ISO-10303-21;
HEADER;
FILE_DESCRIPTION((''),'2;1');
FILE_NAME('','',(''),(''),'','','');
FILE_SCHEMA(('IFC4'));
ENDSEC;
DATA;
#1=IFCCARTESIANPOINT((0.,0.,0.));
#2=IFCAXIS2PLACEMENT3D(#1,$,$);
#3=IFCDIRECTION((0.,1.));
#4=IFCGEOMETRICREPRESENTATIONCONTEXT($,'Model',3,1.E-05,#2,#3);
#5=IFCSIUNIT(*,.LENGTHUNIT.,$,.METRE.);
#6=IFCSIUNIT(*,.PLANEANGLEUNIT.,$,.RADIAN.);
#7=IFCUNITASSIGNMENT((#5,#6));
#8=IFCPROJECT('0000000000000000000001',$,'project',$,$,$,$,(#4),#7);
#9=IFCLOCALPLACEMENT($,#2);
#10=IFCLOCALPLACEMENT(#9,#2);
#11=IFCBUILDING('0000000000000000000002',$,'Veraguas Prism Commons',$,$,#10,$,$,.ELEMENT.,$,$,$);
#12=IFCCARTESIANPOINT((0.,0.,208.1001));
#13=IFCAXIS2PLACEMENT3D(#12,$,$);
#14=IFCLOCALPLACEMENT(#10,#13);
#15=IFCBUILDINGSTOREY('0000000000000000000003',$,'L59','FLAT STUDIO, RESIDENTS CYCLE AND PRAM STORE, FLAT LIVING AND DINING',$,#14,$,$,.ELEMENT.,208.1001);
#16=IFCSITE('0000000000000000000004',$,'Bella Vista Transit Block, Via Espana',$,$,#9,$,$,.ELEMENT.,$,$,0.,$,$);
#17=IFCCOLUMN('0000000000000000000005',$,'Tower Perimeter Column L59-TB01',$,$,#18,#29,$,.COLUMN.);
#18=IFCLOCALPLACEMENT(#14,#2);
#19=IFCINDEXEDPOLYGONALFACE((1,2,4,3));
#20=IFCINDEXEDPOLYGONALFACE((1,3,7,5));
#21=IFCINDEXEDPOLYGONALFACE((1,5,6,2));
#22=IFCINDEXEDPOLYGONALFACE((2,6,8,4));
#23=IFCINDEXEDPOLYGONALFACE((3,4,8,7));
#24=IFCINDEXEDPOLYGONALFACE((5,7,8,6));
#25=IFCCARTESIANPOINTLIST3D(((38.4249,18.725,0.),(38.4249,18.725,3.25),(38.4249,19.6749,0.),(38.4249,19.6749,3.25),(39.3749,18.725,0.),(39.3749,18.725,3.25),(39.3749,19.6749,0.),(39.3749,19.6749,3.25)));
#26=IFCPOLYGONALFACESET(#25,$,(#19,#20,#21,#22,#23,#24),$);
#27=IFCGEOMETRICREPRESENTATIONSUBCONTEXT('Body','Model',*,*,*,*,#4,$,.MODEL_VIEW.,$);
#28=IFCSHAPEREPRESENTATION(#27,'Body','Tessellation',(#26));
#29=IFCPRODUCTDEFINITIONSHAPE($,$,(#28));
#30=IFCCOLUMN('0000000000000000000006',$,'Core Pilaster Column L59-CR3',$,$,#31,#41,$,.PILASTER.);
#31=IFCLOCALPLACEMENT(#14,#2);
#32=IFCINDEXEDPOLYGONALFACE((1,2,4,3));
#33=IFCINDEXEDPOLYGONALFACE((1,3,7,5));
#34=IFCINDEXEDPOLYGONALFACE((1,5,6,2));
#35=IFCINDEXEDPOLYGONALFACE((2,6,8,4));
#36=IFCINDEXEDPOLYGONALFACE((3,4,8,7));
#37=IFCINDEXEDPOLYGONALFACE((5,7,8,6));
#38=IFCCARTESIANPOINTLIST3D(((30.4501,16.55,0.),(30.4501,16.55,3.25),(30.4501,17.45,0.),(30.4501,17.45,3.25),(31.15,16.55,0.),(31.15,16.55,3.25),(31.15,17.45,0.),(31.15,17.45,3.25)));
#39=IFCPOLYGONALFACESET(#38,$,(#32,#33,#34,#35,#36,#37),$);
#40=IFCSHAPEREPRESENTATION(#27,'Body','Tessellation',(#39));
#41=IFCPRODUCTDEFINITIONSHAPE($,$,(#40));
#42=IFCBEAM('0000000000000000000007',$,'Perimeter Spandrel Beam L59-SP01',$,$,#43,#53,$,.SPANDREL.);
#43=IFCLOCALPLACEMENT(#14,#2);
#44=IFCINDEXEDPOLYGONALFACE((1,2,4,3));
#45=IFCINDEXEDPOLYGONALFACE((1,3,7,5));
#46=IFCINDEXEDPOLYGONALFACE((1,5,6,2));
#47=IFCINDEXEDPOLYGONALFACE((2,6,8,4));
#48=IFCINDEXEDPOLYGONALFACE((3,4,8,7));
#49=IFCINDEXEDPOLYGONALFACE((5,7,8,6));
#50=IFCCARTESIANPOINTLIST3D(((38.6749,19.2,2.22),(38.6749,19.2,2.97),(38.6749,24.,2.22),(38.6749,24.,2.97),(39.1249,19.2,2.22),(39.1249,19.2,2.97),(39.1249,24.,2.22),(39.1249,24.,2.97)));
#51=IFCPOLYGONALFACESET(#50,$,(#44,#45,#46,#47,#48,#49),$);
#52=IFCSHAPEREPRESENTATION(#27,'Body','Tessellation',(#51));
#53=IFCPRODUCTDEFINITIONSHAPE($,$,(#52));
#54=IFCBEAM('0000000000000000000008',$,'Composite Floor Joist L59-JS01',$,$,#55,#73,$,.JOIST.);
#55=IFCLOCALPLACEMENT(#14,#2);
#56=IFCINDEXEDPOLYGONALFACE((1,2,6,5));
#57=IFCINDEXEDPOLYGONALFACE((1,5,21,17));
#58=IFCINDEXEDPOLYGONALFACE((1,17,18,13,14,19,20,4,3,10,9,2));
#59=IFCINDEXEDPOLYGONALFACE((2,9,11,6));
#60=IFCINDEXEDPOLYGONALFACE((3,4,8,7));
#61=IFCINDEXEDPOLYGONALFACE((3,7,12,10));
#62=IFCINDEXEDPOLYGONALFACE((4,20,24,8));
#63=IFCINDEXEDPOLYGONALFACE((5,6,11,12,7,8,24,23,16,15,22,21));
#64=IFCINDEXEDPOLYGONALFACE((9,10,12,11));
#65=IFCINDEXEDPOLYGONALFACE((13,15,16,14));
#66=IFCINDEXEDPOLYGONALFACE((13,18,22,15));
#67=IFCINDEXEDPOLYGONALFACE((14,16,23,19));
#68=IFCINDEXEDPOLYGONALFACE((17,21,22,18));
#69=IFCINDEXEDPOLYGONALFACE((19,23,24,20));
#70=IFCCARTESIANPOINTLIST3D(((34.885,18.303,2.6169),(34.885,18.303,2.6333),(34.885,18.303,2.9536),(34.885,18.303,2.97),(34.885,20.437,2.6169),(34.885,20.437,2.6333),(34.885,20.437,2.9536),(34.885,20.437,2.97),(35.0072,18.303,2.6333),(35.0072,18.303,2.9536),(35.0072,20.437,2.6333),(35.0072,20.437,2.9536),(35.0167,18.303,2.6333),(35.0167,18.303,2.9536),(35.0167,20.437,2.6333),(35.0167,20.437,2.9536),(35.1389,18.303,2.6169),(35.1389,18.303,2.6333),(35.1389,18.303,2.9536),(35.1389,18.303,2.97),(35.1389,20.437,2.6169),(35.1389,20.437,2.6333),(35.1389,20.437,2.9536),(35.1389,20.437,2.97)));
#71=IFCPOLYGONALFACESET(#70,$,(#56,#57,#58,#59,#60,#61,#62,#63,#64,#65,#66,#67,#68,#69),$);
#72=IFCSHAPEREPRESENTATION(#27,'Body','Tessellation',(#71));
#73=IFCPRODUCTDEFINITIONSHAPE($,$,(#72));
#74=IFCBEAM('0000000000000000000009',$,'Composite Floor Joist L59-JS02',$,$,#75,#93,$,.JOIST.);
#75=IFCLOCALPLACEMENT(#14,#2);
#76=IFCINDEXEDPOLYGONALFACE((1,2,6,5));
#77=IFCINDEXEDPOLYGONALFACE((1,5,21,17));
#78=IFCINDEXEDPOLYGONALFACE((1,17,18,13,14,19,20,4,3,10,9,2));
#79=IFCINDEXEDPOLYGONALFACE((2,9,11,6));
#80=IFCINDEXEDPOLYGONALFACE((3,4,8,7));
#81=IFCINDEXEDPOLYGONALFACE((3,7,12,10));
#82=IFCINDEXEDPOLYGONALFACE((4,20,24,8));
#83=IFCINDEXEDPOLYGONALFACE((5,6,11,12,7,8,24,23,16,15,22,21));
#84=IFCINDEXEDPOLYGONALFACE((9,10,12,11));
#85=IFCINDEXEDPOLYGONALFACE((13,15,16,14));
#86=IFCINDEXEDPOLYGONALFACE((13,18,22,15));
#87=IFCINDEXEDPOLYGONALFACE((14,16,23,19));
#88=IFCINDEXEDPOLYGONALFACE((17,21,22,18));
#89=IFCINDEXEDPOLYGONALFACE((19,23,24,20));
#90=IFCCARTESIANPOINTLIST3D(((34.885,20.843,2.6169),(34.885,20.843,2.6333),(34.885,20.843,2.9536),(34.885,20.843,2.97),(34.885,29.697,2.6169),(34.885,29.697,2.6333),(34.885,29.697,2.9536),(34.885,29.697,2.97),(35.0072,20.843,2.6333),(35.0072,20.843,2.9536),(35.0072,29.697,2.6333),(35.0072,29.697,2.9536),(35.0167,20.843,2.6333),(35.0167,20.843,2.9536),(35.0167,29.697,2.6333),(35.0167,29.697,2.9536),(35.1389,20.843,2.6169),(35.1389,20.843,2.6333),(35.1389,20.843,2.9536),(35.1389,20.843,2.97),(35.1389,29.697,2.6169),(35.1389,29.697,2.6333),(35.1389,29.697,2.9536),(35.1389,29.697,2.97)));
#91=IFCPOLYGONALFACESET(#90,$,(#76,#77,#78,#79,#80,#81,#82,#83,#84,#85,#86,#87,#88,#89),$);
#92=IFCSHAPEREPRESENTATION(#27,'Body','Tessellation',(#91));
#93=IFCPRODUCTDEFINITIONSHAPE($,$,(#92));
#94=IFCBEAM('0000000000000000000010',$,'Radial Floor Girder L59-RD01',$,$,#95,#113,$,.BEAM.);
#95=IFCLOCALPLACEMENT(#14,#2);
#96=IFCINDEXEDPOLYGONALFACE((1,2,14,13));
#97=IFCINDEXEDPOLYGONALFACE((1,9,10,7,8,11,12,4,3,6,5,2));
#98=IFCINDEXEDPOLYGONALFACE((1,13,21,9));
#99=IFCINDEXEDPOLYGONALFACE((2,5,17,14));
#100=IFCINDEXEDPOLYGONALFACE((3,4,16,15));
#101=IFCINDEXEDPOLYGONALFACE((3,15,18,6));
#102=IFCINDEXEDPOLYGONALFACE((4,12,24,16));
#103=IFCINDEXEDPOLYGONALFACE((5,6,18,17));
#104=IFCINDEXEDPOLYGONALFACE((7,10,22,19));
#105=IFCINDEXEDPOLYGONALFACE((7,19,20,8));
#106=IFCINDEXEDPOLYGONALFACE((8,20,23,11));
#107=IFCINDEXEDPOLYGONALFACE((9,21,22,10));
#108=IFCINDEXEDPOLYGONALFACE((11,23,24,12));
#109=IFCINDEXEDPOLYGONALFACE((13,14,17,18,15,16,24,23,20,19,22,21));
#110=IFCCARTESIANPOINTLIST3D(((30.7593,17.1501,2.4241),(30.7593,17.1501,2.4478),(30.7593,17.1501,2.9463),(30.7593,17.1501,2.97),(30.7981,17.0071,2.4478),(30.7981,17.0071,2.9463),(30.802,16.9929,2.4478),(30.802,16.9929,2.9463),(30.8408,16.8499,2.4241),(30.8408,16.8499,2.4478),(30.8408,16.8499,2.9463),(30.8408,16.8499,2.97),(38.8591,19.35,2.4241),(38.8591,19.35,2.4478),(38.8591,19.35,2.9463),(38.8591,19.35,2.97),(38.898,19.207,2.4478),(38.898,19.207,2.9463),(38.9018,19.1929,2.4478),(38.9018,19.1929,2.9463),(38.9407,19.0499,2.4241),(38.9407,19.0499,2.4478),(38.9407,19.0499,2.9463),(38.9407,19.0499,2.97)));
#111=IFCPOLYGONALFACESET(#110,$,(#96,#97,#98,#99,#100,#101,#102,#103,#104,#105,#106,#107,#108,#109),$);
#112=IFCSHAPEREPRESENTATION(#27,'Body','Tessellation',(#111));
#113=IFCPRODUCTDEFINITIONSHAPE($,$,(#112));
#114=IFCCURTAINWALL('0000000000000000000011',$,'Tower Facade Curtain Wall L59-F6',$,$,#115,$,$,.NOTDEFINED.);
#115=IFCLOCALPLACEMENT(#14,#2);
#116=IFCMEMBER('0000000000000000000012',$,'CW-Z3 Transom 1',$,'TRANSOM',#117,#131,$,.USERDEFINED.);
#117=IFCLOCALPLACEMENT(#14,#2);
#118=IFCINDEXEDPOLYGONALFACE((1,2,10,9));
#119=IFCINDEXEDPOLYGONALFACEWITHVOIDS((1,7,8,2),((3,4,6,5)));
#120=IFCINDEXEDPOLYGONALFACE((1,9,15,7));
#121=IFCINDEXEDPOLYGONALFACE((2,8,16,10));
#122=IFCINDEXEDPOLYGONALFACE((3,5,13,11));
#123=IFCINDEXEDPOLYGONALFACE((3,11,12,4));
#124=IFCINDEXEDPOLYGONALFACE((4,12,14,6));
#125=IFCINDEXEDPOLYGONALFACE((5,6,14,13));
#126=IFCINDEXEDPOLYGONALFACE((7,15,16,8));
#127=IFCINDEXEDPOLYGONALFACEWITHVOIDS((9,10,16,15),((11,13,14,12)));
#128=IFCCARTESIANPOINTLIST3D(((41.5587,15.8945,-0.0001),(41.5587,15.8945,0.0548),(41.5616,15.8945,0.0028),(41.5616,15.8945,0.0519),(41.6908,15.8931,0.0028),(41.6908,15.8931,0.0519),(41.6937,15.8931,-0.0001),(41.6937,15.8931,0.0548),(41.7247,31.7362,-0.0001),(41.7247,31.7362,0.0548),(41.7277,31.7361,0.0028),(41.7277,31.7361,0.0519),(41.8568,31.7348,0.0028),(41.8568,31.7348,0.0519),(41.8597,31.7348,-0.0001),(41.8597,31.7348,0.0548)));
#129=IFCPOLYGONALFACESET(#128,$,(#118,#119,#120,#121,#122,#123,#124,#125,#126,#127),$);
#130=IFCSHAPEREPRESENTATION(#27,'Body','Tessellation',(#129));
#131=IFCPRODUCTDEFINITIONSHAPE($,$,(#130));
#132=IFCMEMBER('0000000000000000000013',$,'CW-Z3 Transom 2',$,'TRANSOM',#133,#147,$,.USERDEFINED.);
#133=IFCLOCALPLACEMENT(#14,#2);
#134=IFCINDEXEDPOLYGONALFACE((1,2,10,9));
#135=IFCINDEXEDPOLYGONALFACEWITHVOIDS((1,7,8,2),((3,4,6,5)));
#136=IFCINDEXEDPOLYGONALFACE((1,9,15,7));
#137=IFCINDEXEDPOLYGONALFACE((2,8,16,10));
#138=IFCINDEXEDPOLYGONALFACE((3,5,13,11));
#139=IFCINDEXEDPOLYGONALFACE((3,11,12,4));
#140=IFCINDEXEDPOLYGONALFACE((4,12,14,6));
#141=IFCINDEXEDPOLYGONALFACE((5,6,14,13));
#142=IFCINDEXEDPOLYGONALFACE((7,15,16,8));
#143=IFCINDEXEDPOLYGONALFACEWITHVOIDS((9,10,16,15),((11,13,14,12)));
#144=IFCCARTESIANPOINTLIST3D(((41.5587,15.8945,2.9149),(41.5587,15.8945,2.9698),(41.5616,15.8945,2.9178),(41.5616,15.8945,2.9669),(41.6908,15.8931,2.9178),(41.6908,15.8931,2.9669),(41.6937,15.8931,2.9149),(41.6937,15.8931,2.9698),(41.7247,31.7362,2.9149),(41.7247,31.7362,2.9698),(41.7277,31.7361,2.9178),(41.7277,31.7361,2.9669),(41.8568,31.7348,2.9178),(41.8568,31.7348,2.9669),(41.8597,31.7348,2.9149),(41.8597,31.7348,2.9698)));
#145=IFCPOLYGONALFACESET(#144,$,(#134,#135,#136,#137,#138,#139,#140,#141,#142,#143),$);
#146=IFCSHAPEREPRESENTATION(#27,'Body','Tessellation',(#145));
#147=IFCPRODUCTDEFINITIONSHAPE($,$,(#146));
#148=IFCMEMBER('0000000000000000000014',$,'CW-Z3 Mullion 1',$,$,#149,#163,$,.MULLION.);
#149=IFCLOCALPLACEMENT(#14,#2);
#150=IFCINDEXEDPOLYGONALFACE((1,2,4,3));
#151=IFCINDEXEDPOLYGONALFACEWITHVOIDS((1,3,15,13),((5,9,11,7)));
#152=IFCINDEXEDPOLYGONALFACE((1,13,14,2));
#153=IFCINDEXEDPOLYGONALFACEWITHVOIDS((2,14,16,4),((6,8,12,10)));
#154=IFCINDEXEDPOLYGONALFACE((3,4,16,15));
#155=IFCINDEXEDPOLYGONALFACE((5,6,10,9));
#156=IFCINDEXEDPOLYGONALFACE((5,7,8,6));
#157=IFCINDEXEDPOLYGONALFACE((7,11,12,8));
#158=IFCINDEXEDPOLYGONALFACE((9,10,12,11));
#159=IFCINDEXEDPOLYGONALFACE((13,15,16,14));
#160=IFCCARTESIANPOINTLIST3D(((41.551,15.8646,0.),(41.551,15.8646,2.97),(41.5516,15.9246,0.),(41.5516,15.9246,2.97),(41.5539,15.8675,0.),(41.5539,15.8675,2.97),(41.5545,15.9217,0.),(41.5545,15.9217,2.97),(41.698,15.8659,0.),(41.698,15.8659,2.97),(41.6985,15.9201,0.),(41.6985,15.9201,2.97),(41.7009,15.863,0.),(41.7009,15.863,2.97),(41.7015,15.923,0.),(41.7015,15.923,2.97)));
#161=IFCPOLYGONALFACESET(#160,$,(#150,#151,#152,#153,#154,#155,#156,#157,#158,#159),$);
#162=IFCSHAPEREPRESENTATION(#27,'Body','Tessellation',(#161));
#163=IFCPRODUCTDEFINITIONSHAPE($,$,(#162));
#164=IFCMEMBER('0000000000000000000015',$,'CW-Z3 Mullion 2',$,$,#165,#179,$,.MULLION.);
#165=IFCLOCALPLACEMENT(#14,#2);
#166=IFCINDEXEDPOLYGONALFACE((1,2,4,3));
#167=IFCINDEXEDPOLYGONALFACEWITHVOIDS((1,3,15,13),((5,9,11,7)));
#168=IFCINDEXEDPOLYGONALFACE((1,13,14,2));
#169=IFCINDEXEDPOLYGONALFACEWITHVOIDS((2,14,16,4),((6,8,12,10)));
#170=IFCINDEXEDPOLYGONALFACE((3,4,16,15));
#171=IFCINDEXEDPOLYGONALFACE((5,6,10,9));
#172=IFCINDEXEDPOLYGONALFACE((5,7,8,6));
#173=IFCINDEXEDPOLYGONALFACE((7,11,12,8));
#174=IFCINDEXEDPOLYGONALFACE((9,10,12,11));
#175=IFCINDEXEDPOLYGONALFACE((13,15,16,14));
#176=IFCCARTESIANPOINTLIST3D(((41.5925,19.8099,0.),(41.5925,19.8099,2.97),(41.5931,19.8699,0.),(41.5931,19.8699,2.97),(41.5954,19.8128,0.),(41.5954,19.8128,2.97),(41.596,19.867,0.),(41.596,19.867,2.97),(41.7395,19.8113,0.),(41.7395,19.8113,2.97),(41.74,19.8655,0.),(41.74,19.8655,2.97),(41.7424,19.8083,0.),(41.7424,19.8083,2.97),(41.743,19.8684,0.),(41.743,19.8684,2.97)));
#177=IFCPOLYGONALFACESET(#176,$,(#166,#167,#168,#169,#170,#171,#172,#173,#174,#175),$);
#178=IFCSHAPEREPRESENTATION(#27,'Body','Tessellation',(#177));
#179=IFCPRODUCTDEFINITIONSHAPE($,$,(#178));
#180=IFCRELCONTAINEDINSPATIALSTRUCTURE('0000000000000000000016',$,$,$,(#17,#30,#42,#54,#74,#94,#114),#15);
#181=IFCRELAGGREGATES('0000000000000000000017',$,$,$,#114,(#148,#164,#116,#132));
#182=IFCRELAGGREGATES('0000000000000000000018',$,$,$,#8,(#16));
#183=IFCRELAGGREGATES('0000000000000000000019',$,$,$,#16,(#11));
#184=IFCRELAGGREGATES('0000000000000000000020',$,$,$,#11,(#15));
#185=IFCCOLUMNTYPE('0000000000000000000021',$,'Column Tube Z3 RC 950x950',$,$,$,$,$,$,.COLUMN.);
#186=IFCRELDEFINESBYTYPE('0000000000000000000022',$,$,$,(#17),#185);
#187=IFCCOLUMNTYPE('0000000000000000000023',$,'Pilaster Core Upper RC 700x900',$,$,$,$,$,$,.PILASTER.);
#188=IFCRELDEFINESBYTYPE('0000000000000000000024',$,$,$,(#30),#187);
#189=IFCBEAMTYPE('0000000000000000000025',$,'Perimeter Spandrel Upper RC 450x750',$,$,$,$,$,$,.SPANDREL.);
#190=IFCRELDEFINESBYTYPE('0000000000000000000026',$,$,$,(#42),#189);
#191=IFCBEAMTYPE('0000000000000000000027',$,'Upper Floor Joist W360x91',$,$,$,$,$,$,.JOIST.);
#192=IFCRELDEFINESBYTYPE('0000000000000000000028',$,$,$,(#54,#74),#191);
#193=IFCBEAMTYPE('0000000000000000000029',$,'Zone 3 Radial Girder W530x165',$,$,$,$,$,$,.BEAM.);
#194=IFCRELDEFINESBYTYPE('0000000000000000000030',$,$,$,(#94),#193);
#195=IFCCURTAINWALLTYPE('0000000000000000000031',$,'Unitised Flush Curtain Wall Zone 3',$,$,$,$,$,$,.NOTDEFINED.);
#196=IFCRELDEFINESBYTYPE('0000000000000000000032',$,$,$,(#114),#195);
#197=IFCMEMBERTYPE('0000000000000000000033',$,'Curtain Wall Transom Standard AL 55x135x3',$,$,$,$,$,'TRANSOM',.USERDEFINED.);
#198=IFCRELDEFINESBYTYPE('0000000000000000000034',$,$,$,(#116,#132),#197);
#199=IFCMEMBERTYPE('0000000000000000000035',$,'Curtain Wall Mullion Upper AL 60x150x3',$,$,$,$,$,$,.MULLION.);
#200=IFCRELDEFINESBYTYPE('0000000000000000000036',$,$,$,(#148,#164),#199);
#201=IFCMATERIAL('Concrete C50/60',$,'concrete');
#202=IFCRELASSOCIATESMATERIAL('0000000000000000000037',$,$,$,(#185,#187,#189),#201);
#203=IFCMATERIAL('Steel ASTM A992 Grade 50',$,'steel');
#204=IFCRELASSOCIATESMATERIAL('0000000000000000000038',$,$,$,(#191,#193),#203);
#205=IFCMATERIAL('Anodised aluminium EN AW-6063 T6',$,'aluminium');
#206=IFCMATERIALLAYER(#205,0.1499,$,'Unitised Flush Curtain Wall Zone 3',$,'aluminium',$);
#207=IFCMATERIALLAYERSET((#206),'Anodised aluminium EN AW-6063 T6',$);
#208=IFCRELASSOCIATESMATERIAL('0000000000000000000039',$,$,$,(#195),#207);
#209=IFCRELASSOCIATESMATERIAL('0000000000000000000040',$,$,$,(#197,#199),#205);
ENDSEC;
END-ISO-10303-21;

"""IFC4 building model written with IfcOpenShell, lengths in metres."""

from ifc_helpers import new_model, si_unit, direction, frame, origin, origin_2d, place, context, subcontext, project, spatial, rectangle, hollow_rectangle, i_section, extrude, source, transform, mapped, material, layer, layer_set, material_profile, profile_set, type_object, element, aggregate, save


model = new_model("IFC4")

# Units and contexts
model_context = context("Model", 3, precision=1e-05, world=origin(), true_north=direction((0.0, 1.0)))
body_context = subcontext(model_context, "Body", "Model", "MODEL_VIEW")
ifc_project = project(units=[si_unit("LENGTHUNIT", "METRE"), si_unit("PLANEANGLEUNIT", "RADIAN")], contexts=[model_context])

# Site, building, storey
site_placement = place(None, origin())
site = spatial("IfcSite", under=ifc_project, at=site_placement, Name="Bella Vista Transit Block, Via Espana", CompositionType="ELEMENT", RefElevation=0.0)
building_placement = place(site_placement, origin())
building = spatial("IfcBuilding", under=site, at=building_placement, Name="Veraguas Prism Commons", CompositionType="ELEMENT")
storey_placement = place(building_placement, frame((0.0, 0.0, 208.1001)))
storey = spatial("IfcBuildingStorey", under=building, at=storey_placement, Name="L59", Description="FLAT STUDIO, RESIDENTS CYCLE AND PRAM STORE, FLAT LIVING AND DINING", CompositionType="ELEMENT", Elevation=208.1001)

# Columns
ifc_material_1 = material(Name="Concrete C50/60", Category="concrete")
ifc_material_profile_1 = material_profile(ifc_material_1, rectangle(XDim=0.95, YDim=0.95, at=origin_2d()), Name="RC950X950")
ifc_profile_set_1 = profile_set([ifc_material_profile_1], Name="Concrete C50/60")
column_type_1 = type_object("IfcColumnType", Name="Column Tube Z3 RC 950x950", PredefinedType="COLUMN", material=ifc_profile_set_1)
column_1_placement = place(storey_placement, frame((38.8999, 19.2, 0.0), z_axis=(0.0, 0.0, 1.0), x_axis=(1.0, 0.0, 0.0)))
element("IfcColumn", 1, at=column_1_placement, inside=storey, type_object=column_type_1, Name="Tower Perimeter Column L59-TB01", PredefinedType="COLUMN", context=body_context, shape_type="SweptSolid", body=[
    extrude(rectangle(XDim=0.95, YDim=0.95, at=origin_2d()), origin(), (0.0, 0.0, 1.0), 3.25),
])
ifc_material_profile_2 = material_profile(ifc_material_1, rectangle(XDim=0.7, YDim=0.8999, at=origin_2d()), Name="RC700X900")
ifc_profile_set_2 = profile_set([ifc_material_profile_2], Name="Concrete C50/60")
column_type_2 = type_object("IfcColumnType", Name="Pilaster Core Upper RC 700x900", PredefinedType="PILASTER", material=ifc_profile_set_2)
column_2_placement = place(storey_placement, frame((30.8, 17.0, 0.0), z_axis=(0.0, 0.0, 1.0), x_axis=(1.0, 0.0, 0.0)))
element("IfcColumn", 2, at=column_2_placement, inside=storey, type_object=column_type_2, Name="Core Pilaster Column L59-CR3", PredefinedType="PILASTER", context=body_context, shape_type="SweptSolid", body=[
    extrude(rectangle(XDim=0.7, YDim=0.8999, at=origin_2d()), origin(), (0.0, 0.0, 1.0), 3.25),
])

# Beams
ifc_material_profile_3 = material_profile(ifc_material_1, rectangle(XDim=0.45, YDim=0.75, at=origin_2d()), Name="RC450X750")
ifc_profile_set_3 = profile_set([ifc_material_profile_3], Name="Concrete C50/60")
beam_type_1 = type_object("IfcBeamType", Name="Perimeter Spandrel Upper RC 450x750", PredefinedType="SPANDREL", material=ifc_profile_set_3)
beam_1_placement = place(storey_placement, frame((38.8999, 19.2, 2.595), z_axis=(0.0, 1.0, 0.0), x_axis=(-1.0, 0.0, 0.0)))
element("IfcBeam", 3, at=beam_1_placement, inside=storey, type_object=beam_type_1, Name="Perimeter Spandrel Beam L59-SP01", PredefinedType="SPANDREL", context=body_context, shape_type="SweptSolid", body=[
    extrude(rectangle(XDim=0.45, YDim=0.75, at=origin_2d()), origin(), (0.0, 0.0, 1.0), 4.8),
])
ifc_material_2 = material(Name="Steel ASTM A992 Grade 50", Category="steel")
ifc_material_profile_4 = material_profile(ifc_material_2, i_section(OverallWidth=0.2539, OverallDepth=0.353, WebThickness=0.0095, FlangeThickness=0.0164, at=origin_2d()), Name="W360X91")
ifc_profile_set_4 = profile_set([ifc_material_profile_4], Name="Steel ASTM A992 Grade 50")
beam_type_2 = type_object("IfcBeamType", Name="Upper Floor Joist W360x91", PredefinedType="JOIST", material=ifc_profile_set_4)
beam_2_placement = place(storey_placement, frame((35.012, 18.303, 2.7935), z_axis=(0.0, 1.0, 0.0), x_axis=(-1.0, 0.0, 0.0)))
element("IfcBeam", 4, at=beam_2_placement, inside=storey, type_object=beam_type_2, Name="Composite Floor Joist L59-JS01", PredefinedType="JOIST", context=body_context, shape_type="SweptSolid", body=[
    extrude(i_section(OverallWidth=0.2539, OverallDepth=0.353, WebThickness=0.0095, FlangeThickness=0.0164, at=origin_2d()), origin(), (0.0, 0.0, 1.0), 2.134),
])
beam_3_placement = place(storey_placement, frame((35.012, 20.843, 2.7935), z_axis=(0.0, 1.0, 0.0), x_axis=(-1.0, 0.0, 0.0)))
element("IfcBeam", 5, at=beam_3_placement, inside=storey, type_object=beam_type_2, Name="Composite Floor Joist L59-JS02", PredefinedType="JOIST", context=body_context, shape_type="SweptSolid", body=[
    extrude(i_section(OverallWidth=0.2539, OverallDepth=0.353, WebThickness=0.0095, FlangeThickness=0.0164, at=origin_2d()), origin(), (0.0, 0.0, 1.0), 8.854),
])
ifc_material_profile_5 = material_profile(ifc_material_2, i_section(OverallWidth=0.311, OverallDepth=0.5459, WebThickness=0.0146, FlangeThickness=0.0237, at=origin_2d()), Name="W530X165")
ifc_profile_set_5 = profile_set([ifc_material_profile_5], Name="Steel ASTM A992 Grade 50")
beam_type_3 = type_object("IfcBeamType", Name="Zone 3 Radial Girder W530x165", PredefinedType="BEAM", material=ifc_profile_set_5)
beam_4_placement = place(storey_placement, frame((38.8999, 19.2, 2.697), z_axis=(-0.965039, -0.262108, 0.0), x_axis=(0.262108, -0.965039, 0.0)))
element("IfcBeam", 6, at=beam_4_placement, inside=storey, type_object=beam_type_3, Name="Radial Floor Girder L59-RD01", PredefinedType="BEAM", context=body_context, shape_type="SweptSolid", body=[
    extrude(i_section(OverallWidth=0.311, OverallDepth=0.5459, WebThickness=0.0146, FlangeThickness=0.0237, at=origin_2d()), origin(), (0.0, 0.0, 1.0), 8.3933),
])

# Curtain wall, members
ifc_material_3 = material(Name="Anodised aluminium EN AW-6063 T6", Category="aluminium")
ifc_layer_1 = layer(ifc_material_3, 0.1499, Name="Unitised Flush Curtain Wall Zone 3", Category="aluminium")
ifc_layer_set_1 = layer_set([ifc_layer_1], Name="Anodised aluminium EN AW-6063 T6")
curtain_wall_type = type_object("IfcCurtainWallType", Name="Unitised Flush Curtain Wall Zone 3", PredefinedType="NOTDEFINED", material=ifc_layer_set_1)
curtain_wall_1_placement = place(storey_placement, origin())
curtain_wall_1 = element("IfcCurtainWall", 7, at=curtain_wall_1_placement, inside=storey, type_object=curtain_wall_type, Name="Tower Facade Curtain Wall L59-F6", PredefinedType="NOTDEFINED")
ifc_material_profile_6 = material_profile(ifc_material_3, hollow_rectangle(XDim=0.0549, YDim=0.135, WallThickness=0.0029, at=origin_2d()), Name="AL55X135X3")
ifc_profile_set_6 = profile_set([ifc_material_profile_6], Name="Anodised aluminium EN AW-6063 T6")
member_type_1 = type_object("IfcMemberType", Name="Curtain Wall Transom Standard AL 55x135x3", ElementType="TRANSOM", PredefinedType="USERDEFINED", material=ifc_profile_set_6)
shared_shape_1 = source(origin(), body_context, "Body", "SweptSolid", [
    extrude(hollow_rectangle(XDim=0.0549, YDim=0.135, WallThickness=0.0029, at=origin_2d()), origin(), (0.0, 0.0, 1.0), 15.8425),
])
member_1_placement = place(storey_placement, frame((41.6262, 15.8938, 0.0273), z_axis=(0.010479, 0.999945, 0.0), x_axis=(0.0, 0.0, 1.0)))
member_1 = element("IfcMember", 8, at=member_1_placement, type_object=member_type_1, Name="CW-Z3 Transom 1", ObjectType="TRANSOM", PredefinedType="USERDEFINED", context=body_context, shape_type="MappedRepresentation", body=[
    mapped(shared_shape_1, transform((0.0, 0.0, 0.0), scale=1.0)),
])
member_2_placement = place(storey_placement, frame((41.6262, 15.8938, 2.9424), z_axis=(0.010479, 0.999945, 0.0), x_axis=(0.0, 0.0, 1.0)))
member_2 = element("IfcMember", 9, at=member_2_placement, type_object=member_type_1, Name="CW-Z3 Transom 2", ObjectType="TRANSOM", PredefinedType="USERDEFINED", context=body_context, shape_type="MappedRepresentation", body=[
    mapped(shared_shape_1, transform((0.0, 0.0, 0.0), scale=1.0)),
])
ifc_material_profile_7 = material_profile(ifc_material_3, hollow_rectangle(XDim=0.0601, YDim=0.1499, WallThickness=0.0029, at=origin_2d()), Name="AL60X150X3")
ifc_profile_set_7 = profile_set([ifc_material_profile_7], Name="Anodised aluminium EN AW-6063 T6")
member_type_2 = type_object("IfcMemberType", Name="Curtain Wall Mullion Upper AL 60x150x3", PredefinedType="MULLION", material=ifc_profile_set_7)
shared_shape_2 = source(origin(), body_context, "Body", "SweptSolid", [
    extrude(hollow_rectangle(XDim=0.0601, YDim=0.1499, WallThickness=0.0029, at=origin_2d()), origin(), (0.0, 0.0, 1.0), 2.97),
])
member_3_placement = place(storey_placement, frame((41.6262, 15.8938, 0.0), z_axis=(0.0, 0.0, 1.0), x_axis=(0.01047, 0.999945, 0.0)))
member_3 = element("IfcMember", 10, at=member_3_placement, type_object=member_type_2, Name="CW-Z3 Mullion 1", PredefinedType="MULLION", context=body_context, shape_type="MappedRepresentation", body=[
    mapped(shared_shape_2, transform((0.0, 0.0, 0.0), scale=1.0)),
])
member_4_placement = place(storey_placement, frame((41.6677, 19.8391, 0.0), z_axis=(0.0, 0.0, 1.0), x_axis=(0.01047, 0.999945, 0.0)))
member_4 = element("IfcMember", 11, at=member_4_placement, type_object=member_type_2, Name="CW-Z3 Mullion 2", PredefinedType="MULLION", context=body_context, shape_type="MappedRepresentation", body=[
    mapped(shared_shape_2, transform((0.0, 0.0, 0.0), scale=1.0)),
])

aggregate(curtain_wall_1, [member_3, member_4, member_1, member_2])

save(model, "model.ifc")
